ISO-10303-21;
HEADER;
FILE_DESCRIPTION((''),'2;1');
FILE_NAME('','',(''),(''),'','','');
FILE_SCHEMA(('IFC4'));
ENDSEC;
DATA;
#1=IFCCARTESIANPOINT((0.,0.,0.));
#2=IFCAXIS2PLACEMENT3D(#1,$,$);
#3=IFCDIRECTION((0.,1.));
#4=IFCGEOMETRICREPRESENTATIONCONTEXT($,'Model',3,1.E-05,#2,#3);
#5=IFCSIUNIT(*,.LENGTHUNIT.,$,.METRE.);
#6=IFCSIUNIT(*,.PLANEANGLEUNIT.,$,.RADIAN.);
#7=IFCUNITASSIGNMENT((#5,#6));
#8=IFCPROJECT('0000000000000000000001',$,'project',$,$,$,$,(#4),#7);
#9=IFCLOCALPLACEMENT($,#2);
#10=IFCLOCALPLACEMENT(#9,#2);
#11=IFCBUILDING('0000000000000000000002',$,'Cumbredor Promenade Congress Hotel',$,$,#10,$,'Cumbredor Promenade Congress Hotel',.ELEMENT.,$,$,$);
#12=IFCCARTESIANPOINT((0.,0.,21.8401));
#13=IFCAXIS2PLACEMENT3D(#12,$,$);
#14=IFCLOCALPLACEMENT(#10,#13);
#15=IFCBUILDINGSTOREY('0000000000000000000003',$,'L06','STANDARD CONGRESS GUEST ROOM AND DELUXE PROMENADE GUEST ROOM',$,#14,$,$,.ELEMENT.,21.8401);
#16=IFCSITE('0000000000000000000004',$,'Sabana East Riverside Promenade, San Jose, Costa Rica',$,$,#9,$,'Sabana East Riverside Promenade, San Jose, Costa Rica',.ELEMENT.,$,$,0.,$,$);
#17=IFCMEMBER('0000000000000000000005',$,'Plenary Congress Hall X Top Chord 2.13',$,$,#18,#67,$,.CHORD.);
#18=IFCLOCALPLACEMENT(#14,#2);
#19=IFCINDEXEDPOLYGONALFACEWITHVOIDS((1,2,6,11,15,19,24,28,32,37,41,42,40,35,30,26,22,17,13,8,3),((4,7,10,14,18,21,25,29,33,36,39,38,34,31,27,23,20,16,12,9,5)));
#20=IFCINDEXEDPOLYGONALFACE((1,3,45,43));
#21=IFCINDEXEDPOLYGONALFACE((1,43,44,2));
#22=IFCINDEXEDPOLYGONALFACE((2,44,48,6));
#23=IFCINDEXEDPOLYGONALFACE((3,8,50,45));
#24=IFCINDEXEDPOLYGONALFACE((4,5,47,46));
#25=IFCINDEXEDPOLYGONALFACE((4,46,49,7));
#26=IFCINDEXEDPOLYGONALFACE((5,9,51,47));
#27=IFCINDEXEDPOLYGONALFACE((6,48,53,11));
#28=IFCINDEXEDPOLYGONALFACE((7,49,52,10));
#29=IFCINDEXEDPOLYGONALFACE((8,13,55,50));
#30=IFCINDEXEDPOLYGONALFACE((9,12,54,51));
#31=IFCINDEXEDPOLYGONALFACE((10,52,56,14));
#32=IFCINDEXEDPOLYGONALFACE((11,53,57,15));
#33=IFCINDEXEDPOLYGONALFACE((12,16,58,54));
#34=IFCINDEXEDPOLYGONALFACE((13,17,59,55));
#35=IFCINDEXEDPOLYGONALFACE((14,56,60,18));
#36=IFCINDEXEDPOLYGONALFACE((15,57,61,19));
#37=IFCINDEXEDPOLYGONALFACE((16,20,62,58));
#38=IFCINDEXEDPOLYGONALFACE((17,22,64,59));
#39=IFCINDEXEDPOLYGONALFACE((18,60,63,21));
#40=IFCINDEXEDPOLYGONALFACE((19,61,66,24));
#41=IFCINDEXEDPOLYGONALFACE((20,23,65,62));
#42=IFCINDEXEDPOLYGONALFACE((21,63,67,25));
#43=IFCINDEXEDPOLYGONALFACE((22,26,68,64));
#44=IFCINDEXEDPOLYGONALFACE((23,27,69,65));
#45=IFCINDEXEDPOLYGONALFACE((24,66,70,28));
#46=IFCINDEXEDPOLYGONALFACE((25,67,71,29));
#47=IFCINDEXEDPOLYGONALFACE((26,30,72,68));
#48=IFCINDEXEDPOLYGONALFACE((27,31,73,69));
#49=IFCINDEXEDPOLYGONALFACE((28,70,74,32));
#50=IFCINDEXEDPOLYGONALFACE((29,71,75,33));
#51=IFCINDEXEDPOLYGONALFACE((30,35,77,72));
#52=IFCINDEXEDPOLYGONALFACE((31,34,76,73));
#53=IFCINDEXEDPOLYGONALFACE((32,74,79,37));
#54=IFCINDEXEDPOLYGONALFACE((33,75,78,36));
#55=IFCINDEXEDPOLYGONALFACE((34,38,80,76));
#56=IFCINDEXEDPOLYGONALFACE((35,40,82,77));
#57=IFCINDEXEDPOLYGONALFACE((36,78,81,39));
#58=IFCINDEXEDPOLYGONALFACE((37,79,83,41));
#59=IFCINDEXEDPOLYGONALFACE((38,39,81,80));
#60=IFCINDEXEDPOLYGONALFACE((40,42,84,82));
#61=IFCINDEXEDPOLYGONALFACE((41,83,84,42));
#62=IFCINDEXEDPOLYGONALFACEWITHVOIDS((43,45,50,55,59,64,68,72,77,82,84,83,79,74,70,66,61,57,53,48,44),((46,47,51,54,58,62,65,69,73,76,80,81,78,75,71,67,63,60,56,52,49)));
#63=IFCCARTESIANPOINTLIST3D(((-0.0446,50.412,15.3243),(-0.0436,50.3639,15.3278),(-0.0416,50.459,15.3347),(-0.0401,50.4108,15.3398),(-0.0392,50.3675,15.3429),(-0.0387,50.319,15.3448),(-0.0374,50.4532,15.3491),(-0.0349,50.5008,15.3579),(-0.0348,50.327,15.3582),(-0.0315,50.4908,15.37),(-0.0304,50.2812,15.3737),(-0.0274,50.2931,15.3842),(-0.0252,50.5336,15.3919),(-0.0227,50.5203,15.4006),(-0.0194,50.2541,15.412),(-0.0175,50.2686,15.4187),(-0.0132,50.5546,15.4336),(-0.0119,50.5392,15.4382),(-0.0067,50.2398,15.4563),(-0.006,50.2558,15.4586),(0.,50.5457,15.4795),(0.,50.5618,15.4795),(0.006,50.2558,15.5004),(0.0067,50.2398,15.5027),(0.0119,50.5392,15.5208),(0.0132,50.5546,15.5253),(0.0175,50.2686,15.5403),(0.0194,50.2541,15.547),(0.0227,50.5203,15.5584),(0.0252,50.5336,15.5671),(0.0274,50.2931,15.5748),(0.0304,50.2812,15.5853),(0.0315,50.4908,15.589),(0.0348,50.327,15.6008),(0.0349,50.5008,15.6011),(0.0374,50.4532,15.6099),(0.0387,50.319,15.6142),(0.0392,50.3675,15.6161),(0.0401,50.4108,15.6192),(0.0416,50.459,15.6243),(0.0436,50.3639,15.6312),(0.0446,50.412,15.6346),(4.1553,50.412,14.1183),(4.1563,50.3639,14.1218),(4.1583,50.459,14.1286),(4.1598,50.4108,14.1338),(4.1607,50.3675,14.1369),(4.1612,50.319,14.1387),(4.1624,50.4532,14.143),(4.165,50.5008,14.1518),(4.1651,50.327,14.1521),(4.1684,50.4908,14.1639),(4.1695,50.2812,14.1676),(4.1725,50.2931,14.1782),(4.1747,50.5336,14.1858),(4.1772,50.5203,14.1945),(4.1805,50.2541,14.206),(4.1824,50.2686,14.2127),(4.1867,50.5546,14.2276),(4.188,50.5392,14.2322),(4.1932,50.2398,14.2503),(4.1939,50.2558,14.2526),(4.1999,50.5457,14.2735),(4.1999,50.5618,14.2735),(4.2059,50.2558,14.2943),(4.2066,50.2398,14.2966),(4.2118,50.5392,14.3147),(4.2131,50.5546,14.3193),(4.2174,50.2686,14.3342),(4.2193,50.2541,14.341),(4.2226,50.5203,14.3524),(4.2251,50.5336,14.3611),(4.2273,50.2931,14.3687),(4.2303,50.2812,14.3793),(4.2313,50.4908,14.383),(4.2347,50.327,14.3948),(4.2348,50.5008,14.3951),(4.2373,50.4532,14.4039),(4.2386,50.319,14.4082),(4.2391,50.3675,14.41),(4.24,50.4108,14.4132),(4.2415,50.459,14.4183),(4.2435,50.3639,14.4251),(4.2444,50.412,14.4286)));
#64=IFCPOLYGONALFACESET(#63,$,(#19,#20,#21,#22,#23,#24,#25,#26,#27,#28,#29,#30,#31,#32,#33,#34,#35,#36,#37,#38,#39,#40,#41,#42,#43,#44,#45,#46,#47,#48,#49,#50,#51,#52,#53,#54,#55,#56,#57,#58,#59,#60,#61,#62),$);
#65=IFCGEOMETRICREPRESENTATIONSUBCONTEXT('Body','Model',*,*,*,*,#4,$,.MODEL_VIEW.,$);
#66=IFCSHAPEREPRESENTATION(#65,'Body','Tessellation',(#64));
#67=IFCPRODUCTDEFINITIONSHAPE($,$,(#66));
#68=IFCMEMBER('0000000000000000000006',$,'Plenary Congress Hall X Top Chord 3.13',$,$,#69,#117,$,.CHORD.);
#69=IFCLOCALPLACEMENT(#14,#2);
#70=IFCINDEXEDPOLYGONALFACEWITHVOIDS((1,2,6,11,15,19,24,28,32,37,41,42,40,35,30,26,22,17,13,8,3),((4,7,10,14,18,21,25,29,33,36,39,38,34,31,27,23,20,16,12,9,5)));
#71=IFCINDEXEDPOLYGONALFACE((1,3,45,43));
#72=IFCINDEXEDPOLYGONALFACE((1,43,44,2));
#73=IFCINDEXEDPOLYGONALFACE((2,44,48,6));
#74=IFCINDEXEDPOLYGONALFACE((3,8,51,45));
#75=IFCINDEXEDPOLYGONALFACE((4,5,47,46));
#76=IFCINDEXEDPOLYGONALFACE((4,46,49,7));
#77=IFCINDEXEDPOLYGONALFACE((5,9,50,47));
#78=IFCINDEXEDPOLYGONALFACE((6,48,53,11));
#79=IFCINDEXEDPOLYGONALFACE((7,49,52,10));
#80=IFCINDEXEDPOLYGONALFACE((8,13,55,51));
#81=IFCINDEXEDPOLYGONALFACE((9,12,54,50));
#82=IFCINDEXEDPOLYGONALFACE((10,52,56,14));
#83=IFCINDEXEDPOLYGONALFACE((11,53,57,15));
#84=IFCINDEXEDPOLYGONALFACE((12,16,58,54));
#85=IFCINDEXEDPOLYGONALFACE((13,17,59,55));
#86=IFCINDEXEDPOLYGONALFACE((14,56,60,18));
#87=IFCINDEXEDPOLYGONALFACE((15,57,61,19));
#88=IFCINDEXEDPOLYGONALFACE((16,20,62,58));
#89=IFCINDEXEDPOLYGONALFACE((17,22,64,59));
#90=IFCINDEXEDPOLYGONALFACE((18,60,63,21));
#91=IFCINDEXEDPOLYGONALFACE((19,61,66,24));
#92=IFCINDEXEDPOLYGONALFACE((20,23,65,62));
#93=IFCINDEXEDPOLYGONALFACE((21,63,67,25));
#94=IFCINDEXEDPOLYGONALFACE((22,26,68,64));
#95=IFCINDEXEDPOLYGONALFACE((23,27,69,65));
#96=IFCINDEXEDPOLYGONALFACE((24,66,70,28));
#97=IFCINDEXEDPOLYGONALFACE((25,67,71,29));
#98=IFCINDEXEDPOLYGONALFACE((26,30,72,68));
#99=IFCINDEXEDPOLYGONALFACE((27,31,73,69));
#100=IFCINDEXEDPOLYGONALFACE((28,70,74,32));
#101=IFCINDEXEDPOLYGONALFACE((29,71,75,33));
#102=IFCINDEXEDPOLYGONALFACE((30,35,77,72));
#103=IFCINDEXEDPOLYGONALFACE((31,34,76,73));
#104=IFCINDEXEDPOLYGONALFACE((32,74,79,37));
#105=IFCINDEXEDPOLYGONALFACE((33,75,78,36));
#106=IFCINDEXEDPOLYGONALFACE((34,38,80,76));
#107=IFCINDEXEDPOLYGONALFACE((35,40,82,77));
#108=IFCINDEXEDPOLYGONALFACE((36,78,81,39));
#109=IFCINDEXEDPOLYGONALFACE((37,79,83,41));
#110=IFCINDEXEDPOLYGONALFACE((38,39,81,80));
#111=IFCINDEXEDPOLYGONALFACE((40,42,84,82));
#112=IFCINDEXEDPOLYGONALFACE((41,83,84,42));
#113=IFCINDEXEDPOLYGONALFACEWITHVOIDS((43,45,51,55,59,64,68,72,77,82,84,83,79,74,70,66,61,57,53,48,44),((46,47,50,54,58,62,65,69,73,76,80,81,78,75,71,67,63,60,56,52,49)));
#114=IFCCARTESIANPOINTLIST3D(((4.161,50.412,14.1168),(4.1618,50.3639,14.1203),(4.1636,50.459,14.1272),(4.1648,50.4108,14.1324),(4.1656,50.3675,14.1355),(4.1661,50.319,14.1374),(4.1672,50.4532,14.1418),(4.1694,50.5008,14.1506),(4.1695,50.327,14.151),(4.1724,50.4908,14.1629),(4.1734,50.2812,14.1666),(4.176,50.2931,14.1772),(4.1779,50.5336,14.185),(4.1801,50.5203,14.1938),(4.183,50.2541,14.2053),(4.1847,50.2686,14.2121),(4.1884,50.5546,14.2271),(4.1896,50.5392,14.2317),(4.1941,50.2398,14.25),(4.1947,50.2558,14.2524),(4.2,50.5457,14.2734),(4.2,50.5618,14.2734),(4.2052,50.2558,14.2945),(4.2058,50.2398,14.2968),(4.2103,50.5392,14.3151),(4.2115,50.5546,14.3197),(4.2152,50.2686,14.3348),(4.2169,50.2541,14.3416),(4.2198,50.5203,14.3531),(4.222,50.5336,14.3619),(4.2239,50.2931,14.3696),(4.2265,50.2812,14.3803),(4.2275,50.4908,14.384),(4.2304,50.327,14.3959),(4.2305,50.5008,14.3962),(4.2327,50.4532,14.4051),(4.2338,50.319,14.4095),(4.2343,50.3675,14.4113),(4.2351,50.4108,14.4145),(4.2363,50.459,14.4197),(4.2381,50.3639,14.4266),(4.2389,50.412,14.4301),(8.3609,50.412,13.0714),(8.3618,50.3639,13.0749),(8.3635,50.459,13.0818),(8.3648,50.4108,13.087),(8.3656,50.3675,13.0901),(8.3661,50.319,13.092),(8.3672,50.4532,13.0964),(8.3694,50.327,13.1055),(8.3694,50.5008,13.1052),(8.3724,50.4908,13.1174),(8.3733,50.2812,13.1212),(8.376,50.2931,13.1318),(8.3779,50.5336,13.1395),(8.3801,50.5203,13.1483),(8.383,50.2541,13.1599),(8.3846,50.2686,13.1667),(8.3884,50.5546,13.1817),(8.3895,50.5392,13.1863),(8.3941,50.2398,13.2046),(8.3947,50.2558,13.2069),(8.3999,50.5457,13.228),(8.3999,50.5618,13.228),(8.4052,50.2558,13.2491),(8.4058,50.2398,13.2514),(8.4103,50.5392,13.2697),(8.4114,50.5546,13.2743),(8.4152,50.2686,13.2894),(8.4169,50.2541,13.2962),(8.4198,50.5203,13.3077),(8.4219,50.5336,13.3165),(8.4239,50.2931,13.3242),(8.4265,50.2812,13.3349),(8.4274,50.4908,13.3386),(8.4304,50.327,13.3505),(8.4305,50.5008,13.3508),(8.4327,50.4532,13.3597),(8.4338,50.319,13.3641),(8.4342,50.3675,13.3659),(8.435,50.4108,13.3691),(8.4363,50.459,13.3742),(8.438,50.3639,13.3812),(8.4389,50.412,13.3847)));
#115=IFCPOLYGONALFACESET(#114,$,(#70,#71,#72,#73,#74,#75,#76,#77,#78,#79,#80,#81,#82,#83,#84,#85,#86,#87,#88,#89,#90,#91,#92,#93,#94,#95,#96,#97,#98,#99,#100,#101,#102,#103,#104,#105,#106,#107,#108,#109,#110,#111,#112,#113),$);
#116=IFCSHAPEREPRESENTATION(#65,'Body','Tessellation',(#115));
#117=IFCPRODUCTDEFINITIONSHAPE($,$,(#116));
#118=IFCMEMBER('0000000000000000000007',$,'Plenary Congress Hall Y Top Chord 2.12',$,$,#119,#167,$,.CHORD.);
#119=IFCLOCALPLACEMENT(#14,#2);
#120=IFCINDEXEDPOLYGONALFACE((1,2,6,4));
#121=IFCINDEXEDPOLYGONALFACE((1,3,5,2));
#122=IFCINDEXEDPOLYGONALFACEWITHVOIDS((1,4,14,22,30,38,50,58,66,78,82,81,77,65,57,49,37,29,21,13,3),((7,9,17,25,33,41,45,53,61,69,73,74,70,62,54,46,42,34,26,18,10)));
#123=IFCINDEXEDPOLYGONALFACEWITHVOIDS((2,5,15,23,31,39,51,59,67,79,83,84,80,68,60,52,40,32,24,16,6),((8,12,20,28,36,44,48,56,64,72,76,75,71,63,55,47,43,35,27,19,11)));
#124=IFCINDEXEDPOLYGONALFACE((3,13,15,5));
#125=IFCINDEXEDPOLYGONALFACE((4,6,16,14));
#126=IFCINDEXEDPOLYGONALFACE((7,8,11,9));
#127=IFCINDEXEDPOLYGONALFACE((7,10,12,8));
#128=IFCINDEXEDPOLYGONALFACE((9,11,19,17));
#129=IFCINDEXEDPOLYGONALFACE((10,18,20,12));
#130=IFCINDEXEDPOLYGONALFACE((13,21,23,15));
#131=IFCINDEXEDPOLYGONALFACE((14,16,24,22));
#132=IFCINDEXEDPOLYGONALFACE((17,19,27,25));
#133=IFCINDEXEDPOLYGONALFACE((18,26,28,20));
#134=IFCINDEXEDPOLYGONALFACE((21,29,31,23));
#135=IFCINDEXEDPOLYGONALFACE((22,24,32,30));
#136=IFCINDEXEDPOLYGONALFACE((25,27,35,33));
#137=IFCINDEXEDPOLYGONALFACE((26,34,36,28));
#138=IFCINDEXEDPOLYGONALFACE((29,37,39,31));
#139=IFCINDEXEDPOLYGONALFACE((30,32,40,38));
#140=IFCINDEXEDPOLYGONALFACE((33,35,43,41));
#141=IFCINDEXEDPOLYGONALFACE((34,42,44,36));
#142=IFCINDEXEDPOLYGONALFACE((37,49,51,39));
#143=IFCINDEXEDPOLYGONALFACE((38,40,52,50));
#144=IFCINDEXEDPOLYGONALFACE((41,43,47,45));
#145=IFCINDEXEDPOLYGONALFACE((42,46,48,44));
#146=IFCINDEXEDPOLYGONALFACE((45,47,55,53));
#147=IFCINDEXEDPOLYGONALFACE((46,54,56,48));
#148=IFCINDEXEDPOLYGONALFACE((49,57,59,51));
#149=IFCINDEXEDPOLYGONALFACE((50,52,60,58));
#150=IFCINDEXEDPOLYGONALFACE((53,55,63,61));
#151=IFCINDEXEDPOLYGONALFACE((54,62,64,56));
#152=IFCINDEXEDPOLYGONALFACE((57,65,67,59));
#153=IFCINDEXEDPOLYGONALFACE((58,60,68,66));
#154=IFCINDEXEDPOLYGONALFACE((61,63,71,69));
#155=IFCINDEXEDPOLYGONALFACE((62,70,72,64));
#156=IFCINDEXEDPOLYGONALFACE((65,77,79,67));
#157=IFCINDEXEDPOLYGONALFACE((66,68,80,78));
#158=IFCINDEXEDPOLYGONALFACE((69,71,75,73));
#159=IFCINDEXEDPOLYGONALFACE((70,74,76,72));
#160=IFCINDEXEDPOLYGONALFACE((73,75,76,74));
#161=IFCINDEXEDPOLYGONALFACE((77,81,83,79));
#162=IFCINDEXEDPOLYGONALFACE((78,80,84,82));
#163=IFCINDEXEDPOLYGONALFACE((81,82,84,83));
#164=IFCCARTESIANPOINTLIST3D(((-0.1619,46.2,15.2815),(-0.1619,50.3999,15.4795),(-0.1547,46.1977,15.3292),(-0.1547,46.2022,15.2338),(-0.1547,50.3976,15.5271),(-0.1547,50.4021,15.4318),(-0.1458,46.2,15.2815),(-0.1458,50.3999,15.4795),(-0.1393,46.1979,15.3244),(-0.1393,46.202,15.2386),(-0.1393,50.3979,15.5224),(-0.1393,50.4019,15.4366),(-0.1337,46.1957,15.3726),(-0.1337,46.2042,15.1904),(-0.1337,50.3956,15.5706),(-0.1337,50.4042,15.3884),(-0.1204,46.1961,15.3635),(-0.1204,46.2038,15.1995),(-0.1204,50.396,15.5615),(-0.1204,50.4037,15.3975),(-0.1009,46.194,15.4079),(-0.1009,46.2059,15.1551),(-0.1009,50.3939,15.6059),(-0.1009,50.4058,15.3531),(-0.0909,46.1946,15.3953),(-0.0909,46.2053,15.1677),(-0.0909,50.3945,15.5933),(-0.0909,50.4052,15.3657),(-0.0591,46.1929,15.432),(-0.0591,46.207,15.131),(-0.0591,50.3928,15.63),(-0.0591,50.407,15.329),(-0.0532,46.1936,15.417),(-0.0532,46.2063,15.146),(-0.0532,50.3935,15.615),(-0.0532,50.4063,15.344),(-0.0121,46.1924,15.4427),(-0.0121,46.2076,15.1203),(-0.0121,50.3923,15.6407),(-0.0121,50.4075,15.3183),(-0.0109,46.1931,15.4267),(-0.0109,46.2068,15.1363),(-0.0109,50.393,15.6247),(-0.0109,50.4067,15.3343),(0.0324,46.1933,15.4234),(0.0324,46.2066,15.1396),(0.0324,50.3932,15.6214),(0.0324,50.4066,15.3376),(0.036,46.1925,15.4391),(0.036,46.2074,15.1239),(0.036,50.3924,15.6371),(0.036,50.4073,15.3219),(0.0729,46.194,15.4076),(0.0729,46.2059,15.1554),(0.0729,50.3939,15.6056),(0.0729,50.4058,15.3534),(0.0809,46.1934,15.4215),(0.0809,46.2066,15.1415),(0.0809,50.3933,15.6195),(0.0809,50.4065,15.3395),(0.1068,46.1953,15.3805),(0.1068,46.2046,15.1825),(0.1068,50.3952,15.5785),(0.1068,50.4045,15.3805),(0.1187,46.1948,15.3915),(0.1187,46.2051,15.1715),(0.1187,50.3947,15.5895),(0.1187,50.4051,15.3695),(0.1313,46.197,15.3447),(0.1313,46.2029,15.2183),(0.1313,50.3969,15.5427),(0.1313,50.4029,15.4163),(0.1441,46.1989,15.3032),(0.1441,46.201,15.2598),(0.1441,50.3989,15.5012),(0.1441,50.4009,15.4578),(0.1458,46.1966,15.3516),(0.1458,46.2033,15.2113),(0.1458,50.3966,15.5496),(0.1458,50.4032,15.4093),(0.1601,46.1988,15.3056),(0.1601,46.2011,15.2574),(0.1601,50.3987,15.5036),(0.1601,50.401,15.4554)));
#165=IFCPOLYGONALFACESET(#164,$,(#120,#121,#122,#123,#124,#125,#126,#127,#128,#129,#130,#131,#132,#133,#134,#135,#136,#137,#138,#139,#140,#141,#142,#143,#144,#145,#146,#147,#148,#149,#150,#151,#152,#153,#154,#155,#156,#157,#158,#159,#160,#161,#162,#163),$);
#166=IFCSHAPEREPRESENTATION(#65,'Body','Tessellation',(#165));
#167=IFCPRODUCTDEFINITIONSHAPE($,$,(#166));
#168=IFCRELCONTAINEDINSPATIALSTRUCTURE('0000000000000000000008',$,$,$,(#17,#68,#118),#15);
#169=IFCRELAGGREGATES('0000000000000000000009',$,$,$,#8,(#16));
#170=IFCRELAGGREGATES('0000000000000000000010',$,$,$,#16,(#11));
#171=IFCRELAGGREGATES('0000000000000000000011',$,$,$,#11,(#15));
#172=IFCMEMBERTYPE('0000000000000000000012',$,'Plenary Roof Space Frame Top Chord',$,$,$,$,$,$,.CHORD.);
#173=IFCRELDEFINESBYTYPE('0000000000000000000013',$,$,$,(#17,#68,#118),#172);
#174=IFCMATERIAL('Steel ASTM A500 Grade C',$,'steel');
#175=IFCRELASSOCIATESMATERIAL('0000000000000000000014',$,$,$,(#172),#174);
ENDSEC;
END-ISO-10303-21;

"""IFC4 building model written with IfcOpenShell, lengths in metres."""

from ifc_helpers import new_model, si_unit, direction, frame, origin, origin_2d, place, context, subcontext, project, spatial, hollow_circle, extrude, material, material_profile, profile_set, type_object, element, save


model = new_model("IFC4")

# Units and contexts
model_context = context("Model", 3, precision=1e-05, world=origin(), true_north=direction((0.0, 1.0)))
body_context = subcontext(model_context, "Body", "Model", "MODEL_VIEW")
ifc_project = project(units=[si_unit("LENGTHUNIT", "METRE"), si_unit("PLANEANGLEUNIT", "RADIAN")], contexts=[model_context])

# Site, building, storey
site_placement = place(None, origin())
site = spatial("IfcSite", under=ifc_project, at=site_placement, Name="Sabana East Riverside Promenade, San Jose, Costa Rica", LongName="Sabana East Riverside Promenade, San Jose, Costa Rica", CompositionType="ELEMENT", RefElevation=0.0)
building_placement = place(site_placement, origin())
building = spatial("IfcBuilding", under=site, at=building_placement, Name="Cumbredor Promenade Congress Hotel", LongName="Cumbredor Promenade Congress Hotel", CompositionType="ELEMENT")
storey_placement = place(building_placement, frame((0.0, 0.0, 21.8401)))
storey = spatial("IfcBuildingStorey", under=building, at=storey_placement, Name="L06", Description="STANDARD CONGRESS GUEST ROOM AND DELUXE PROMENADE GUEST ROOM", CompositionType="ELEMENT", Elevation=21.8401)

# Members
ifc_material_1 = material(Name="Steel ASTM A500 Grade C", Category="steel")
ifc_material_profile_1 = material_profile(ifc_material_1, hollow_circle(Radius=0.1619, WallThickness=0.0161, at=origin_2d()), Name="CHS 323.9x16")
ifc_profile_set_1 = profile_set([ifc_material_profile_1], Name="Steel ASTM A500 Grade C")
member_type_1 = type_object("IfcMemberType", Name="Plenary Roof Space Frame Top Chord", PredefinedType="CHORD", material=ifc_profile_set_1)
member_1_placement = place(storey_placement, frame((0.0, 50.3999, 15.4795), z_axis=(0.961156, 0.0, -0.276005), x_axis=(0.0, 1.0, 0.0)))
element("IfcMember", 1, at=member_1_placement, inside=storey, type_object=member_type_1, Name="Plenary Congress Hall X Top Chord 2.13", PredefinedType="CHORD", context=body_context, shape_type="SweptSolid", body=[
    extrude(hollow_circle(Radius=0.1619, WallThickness=0.0161, at=origin_2d()), origin(), (0.0, 0.0, 1.0), 4.3696),
])
member_2_placement = place(storey_placement, frame((4.2, 50.3999, 14.2734), z_axis=(0.970391, 0.0, -0.24154), x_axis=(0.0, 1.0, 0.0)))
element("IfcMember", 2, at=member_2_placement, inside=storey, type_object=member_type_1, Name="Plenary Congress Hall X Top Chord 3.13", PredefinedType="CHORD", context=body_context, shape_type="SweptSolid", body=[
    extrude(hollow_circle(Radius=0.1619, WallThickness=0.0161, at=origin_2d()), origin(), (0.0, 0.0, 1.0), 4.3281),
])
member_3_placement = place(storey_placement, frame((0.0, 46.2, 15.2815), z_axis=(0.0, 0.998891, 0.047091), x_axis=(-1.0, 0.0, 0.0)))
element("IfcMember", 3, at=member_3_placement, inside=storey, type_object=member_type_1, Name="Plenary Congress Hall Y Top Chord 2.12", PredefinedType="CHORD", context=body_context, shape_type="SweptSolid", body=[
    extrude(hollow_circle(Radius=0.1619, WallThickness=0.0161, at=origin_2d()), origin(), (0.0, 0.0, 1.0), 4.2046),
])

save(model, "model.ifc")
